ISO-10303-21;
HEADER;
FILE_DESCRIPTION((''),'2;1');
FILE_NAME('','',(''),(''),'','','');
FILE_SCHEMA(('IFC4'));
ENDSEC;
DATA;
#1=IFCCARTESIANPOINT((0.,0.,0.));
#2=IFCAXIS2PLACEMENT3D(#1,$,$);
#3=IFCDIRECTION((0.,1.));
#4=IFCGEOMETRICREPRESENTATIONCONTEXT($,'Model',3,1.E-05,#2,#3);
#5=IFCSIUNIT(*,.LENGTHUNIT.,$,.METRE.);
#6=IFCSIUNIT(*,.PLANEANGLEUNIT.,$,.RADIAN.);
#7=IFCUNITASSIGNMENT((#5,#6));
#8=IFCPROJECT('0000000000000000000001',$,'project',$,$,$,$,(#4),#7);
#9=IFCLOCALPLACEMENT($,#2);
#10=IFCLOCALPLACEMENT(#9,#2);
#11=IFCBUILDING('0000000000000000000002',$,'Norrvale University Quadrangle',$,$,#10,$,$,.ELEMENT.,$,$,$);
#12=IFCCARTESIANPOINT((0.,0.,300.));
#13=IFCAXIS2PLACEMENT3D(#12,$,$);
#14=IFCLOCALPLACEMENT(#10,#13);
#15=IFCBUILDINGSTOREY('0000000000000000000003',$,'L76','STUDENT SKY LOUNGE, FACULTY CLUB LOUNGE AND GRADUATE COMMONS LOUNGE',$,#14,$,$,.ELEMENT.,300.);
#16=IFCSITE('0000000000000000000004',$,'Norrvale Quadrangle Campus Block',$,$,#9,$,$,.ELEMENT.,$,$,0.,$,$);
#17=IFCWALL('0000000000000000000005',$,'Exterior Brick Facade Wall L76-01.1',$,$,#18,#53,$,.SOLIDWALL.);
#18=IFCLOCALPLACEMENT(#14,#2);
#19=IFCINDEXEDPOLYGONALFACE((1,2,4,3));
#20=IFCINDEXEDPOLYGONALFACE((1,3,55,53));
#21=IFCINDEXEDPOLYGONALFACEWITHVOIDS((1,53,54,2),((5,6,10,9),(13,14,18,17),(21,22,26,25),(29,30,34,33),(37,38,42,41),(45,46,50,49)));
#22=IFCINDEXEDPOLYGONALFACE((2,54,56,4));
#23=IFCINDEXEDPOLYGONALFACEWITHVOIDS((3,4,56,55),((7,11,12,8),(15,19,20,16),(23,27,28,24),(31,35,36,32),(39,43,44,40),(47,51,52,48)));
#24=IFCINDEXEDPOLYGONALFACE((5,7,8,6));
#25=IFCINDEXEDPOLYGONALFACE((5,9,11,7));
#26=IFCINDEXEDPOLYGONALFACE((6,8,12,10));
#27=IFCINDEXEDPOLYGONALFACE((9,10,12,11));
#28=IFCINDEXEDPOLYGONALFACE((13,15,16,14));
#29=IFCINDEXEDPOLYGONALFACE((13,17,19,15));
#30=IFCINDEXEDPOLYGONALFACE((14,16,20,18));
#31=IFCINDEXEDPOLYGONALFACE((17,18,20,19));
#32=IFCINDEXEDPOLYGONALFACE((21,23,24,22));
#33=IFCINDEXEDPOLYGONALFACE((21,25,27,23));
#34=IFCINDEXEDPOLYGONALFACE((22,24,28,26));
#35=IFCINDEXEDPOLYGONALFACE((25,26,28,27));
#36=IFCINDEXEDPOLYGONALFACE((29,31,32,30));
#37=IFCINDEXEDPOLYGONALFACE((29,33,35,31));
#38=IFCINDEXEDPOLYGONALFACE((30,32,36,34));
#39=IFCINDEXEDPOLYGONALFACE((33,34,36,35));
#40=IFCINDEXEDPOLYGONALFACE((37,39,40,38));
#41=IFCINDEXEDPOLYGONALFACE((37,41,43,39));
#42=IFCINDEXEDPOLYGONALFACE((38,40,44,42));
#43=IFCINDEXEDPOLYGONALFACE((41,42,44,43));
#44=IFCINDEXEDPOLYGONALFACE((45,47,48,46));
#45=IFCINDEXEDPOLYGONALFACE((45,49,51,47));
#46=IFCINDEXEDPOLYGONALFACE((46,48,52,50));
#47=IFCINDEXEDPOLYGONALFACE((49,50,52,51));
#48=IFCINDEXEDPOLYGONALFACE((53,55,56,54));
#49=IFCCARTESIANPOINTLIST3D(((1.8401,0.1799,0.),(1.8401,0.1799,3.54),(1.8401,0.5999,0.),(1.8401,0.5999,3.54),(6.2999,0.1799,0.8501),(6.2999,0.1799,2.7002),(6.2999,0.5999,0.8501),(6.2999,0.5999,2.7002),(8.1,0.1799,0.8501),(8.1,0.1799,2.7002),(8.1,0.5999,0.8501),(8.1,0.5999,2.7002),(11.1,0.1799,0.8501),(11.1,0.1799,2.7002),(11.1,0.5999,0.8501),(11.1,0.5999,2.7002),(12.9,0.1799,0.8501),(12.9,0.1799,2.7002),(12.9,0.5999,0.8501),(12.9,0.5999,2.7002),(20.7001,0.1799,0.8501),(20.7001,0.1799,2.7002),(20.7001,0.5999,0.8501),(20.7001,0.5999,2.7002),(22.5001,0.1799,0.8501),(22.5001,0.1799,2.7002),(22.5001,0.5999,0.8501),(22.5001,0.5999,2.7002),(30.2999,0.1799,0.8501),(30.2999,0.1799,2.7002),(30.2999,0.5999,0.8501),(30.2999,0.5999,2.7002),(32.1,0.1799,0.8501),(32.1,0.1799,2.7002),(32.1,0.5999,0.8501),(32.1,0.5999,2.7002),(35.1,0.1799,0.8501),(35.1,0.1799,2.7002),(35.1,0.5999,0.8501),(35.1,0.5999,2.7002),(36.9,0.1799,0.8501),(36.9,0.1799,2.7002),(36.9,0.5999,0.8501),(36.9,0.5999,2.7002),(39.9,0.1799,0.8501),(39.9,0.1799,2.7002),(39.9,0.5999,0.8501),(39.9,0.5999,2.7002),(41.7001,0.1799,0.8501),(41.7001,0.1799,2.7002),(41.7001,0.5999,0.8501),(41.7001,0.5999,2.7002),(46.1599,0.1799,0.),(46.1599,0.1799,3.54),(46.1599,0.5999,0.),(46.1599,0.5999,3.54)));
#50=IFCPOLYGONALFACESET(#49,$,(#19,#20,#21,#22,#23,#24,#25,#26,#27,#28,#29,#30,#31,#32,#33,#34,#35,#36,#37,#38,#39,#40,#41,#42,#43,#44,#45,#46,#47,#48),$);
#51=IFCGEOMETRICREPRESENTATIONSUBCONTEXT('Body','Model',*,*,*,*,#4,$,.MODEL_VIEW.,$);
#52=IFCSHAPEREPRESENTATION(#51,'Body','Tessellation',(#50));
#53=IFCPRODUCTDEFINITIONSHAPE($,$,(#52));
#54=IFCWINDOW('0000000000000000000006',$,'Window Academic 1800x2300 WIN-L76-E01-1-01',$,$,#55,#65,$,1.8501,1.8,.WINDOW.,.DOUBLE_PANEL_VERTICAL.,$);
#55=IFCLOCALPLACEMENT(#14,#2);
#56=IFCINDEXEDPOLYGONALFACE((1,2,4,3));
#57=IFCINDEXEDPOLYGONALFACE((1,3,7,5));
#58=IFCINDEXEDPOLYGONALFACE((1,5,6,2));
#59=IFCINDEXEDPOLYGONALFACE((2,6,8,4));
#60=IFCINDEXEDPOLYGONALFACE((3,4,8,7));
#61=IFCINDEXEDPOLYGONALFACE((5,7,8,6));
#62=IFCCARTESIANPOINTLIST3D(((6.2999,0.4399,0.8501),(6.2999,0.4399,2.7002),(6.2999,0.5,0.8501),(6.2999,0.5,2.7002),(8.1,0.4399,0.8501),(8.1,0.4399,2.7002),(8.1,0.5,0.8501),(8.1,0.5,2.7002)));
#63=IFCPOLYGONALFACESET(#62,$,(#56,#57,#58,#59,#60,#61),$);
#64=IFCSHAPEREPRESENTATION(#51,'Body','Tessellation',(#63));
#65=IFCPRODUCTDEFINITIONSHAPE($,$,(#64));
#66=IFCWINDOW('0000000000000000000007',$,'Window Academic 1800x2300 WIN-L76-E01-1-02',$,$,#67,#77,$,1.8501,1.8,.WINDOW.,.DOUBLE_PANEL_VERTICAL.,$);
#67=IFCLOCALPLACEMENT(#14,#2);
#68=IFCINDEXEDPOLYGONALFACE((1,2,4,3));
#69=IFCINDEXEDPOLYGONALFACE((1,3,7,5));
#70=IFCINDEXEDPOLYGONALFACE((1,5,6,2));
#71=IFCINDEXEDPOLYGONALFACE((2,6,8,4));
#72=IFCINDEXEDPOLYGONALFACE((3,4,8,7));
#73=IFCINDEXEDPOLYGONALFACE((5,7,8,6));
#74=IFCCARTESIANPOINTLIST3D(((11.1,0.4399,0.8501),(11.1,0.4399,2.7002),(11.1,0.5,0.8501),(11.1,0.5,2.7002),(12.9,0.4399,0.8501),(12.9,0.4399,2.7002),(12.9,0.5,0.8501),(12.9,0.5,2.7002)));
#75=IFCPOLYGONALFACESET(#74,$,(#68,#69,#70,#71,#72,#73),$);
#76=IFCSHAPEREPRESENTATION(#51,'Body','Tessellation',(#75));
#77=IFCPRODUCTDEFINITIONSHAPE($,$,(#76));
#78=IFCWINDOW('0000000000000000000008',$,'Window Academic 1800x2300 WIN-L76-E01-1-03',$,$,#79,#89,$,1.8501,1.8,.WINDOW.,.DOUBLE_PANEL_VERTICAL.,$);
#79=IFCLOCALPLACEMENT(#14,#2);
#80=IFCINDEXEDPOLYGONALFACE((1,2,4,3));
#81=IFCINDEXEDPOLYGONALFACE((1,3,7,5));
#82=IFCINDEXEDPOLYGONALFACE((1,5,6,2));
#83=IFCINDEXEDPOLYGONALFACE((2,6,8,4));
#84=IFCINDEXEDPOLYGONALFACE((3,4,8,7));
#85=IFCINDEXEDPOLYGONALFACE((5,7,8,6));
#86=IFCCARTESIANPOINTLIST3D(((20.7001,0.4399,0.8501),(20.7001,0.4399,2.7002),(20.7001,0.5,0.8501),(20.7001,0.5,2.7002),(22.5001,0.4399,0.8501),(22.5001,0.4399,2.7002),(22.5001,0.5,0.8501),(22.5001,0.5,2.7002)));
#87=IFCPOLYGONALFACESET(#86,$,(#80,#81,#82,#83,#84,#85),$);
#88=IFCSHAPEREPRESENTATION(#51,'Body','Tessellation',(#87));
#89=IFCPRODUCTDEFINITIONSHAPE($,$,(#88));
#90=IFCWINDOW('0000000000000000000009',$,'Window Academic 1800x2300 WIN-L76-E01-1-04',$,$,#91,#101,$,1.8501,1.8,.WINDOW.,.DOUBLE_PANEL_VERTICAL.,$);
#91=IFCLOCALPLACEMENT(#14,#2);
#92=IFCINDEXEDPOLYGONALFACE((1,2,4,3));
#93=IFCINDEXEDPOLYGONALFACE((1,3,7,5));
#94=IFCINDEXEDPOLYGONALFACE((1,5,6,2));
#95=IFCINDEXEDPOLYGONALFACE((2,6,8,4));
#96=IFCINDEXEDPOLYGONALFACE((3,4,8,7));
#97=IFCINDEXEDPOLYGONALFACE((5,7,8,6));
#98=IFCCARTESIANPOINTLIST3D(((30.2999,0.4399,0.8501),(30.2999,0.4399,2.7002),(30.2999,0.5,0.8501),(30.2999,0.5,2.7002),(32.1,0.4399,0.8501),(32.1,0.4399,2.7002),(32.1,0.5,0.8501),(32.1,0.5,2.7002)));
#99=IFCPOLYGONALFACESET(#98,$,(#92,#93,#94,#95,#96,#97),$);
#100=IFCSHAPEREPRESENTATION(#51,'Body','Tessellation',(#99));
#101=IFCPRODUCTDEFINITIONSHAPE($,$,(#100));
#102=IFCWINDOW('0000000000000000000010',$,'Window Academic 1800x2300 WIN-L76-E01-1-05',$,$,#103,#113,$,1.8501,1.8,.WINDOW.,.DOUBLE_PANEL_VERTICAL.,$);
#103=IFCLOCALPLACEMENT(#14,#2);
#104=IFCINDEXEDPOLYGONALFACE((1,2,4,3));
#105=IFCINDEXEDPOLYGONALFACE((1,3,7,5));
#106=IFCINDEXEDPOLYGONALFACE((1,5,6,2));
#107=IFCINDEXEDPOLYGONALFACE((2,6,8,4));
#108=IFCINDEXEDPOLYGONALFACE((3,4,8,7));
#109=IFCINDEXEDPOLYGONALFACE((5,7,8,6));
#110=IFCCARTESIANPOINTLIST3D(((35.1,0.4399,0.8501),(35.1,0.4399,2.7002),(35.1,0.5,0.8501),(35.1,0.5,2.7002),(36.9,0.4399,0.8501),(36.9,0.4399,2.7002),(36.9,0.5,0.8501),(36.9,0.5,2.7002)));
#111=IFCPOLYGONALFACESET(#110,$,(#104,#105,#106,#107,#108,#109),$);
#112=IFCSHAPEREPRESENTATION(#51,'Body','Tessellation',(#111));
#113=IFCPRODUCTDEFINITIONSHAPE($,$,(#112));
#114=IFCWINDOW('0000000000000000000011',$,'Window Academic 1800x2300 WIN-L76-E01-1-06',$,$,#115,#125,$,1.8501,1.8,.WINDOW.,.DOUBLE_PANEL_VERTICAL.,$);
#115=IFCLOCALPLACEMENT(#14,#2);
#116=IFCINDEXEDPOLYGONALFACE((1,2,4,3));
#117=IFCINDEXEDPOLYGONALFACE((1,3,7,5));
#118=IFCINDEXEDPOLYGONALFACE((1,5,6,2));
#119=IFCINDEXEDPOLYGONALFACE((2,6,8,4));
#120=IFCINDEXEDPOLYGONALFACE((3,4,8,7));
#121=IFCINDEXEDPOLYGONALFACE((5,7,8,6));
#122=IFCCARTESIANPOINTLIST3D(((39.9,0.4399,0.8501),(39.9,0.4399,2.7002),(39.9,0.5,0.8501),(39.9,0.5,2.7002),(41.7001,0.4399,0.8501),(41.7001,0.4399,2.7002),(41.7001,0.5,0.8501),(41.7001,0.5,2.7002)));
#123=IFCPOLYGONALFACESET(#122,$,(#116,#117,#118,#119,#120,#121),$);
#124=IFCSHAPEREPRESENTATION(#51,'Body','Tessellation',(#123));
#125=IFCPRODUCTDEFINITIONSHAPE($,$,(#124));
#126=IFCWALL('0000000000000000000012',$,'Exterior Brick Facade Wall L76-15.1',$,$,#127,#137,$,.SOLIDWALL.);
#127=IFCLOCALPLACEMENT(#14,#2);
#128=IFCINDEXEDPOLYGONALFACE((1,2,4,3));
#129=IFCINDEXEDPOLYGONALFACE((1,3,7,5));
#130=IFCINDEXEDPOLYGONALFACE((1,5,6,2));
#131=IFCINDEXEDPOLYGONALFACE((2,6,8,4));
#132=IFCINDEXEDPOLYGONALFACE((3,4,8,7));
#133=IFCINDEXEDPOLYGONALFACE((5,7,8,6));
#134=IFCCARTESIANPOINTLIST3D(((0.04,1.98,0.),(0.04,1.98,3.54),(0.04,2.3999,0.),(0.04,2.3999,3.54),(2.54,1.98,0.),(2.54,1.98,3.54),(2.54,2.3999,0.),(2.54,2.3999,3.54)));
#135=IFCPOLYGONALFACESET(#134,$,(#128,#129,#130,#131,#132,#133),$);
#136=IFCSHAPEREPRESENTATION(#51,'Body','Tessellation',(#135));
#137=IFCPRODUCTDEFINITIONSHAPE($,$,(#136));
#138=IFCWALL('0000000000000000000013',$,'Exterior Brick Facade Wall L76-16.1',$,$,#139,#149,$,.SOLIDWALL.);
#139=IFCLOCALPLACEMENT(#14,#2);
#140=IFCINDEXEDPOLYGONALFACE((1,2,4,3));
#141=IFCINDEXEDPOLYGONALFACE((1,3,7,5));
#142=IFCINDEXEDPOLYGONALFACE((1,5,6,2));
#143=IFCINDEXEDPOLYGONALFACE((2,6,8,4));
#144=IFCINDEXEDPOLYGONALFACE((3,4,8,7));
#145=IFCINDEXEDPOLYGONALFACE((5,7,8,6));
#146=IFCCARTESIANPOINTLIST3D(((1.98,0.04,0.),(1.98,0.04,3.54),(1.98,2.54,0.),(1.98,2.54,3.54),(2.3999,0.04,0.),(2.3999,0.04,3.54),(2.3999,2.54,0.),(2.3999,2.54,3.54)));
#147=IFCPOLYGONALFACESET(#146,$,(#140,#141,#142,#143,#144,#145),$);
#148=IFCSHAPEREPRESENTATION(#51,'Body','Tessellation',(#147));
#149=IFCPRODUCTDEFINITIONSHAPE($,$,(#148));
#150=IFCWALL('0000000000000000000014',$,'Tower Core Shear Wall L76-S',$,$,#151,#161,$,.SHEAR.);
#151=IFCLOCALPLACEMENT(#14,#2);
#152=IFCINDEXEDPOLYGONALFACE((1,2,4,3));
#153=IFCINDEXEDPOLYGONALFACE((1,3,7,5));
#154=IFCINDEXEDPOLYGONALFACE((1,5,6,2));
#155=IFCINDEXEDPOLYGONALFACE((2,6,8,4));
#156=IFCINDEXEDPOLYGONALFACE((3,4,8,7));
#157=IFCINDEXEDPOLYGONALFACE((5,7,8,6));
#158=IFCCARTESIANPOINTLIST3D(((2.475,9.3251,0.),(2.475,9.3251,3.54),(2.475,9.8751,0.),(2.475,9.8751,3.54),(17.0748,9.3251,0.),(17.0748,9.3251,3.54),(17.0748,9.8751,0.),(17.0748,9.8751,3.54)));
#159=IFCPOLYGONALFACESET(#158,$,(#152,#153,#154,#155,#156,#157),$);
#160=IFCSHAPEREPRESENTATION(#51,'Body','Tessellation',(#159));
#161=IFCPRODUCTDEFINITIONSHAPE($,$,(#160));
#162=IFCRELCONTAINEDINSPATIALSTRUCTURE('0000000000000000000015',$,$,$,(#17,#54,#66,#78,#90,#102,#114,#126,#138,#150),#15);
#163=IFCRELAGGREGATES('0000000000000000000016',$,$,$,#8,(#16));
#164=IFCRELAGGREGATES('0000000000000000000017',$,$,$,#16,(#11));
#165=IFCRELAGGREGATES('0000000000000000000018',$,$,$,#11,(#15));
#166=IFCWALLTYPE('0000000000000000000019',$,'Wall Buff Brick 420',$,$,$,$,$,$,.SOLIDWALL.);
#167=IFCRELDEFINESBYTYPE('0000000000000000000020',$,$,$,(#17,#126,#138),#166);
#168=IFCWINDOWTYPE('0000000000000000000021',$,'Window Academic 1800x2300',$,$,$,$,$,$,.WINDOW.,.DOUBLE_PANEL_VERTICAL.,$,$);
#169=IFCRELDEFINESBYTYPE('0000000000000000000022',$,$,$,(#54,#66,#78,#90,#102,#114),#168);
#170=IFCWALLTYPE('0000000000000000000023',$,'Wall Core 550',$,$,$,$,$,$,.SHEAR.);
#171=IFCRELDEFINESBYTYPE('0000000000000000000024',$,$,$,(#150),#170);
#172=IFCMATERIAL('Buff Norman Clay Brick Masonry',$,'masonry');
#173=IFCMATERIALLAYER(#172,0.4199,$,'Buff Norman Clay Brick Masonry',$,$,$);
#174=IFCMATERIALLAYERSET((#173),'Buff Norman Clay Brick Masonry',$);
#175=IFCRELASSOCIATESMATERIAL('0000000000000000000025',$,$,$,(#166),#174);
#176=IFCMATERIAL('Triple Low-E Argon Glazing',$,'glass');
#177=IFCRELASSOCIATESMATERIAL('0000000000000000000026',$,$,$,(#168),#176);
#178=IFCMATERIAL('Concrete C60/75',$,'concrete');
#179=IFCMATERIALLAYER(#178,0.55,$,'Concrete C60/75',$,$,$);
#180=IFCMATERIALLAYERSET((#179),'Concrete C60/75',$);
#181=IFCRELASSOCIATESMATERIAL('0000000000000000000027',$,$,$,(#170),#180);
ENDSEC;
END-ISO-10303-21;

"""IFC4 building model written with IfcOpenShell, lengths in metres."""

from ifc_helpers import new_model, si_unit, direction, frame, frame_2d, origin, place, context, subcontext, project, spatial, rectangle, extrude, material, layer, layer_set, type_object, element, fill, save


model = new_model("IFC4")

# Units and contexts
model_context = context("Model", 3, precision=1e-05, world=origin(), true_north=direction((0.0, 1.0)))
body_context = subcontext(model_context, "Body", "Model", "MODEL_VIEW")
ifc_project = project(units=[si_unit("LENGTHUNIT", "METRE"), si_unit("PLANEANGLEUNIT", "RADIAN")], contexts=[model_context])

# Site, building, storey
site_placement = place(None, origin())
site = spatial("IfcSite", under=ifc_project, at=site_placement, Name="Norrvale Quadrangle Campus Block", CompositionType="ELEMENT", RefElevation=0.0)
building_placement = place(site_placement, origin())
building = spatial("IfcBuilding", under=site, at=building_placement, Name="Norrvale University Quadrangle", CompositionType="ELEMENT")
storey_placement = place(building_placement, frame((0.0, 0.0, 300.0)))
storey = spatial("IfcBuildingStorey", under=building, at=storey_placement, Name="L76", Description="STUDENT SKY LOUNGE, FACULTY CLUB LOUNGE AND GRADUATE COMMONS LOUNGE", CompositionType="ELEMENT", Elevation=300.0)

# Shared definitions
ifc_material_1 = material(Name="Concrete C60/75", Category="concrete")

# Wall, openings, windows
ifc_material_2 = material(Name="Buff Norman Clay Brick Masonry", Category="masonry")
ifc_layer_1 = layer(ifc_material_2, 0.4199, Name="Buff Norman Clay Brick Masonry")
ifc_layer_set_1 = layer_set([ifc_layer_1], Name="Buff Norman Clay Brick Masonry")
wall_type_1 = type_object("IfcWallType", Name="Wall Buff Brick 420", PredefinedType="SOLIDWALL", material=ifc_layer_set_1)
wall_1_placement = place(storey_placement, frame((1.8401, 0.3899, 0.0), z_axis=(0.0, 0.0, 1.0), x_axis=(1.0, 0.0, 0.0)))
wall_1 = element("IfcWall", 1, at=wall_1_placement, inside=storey, type_object=wall_type_1, Name="Exterior Brick Facade Wall L76-01.1", PredefinedType="SOLIDWALL", context=body_context, shape_type="SweptSolid", body=[
    extrude(rectangle(XDim=44.3198, YDim=0.4199, at=frame_2d((22.1599, 0.0))), origin(), (0.0, 0.0, 1.0), 3.54),
])
opening_1_placement = place(wall_1_placement, frame((4.46, 0.0, 0.8501)))
opening_1 = element("IfcOpeningElement", 2, at=opening_1_placement, cuts=wall_1, PredefinedType="OPENING", context=body_context, shape_type="SweptSolid", body=[
    extrude(rectangle(XDim=1.8, YDim=1.8501, at=frame_2d((0.8999, 0.925))), frame((0.0, 0.2219, 0.0), z_axis=(0.0, -1.0, 0.0), x_axis=(1.0, 0.0, 0.0)), (0.0, 0.0, 1.0), 0.4438),
])
opening_2_placement = place(wall_1_placement, frame((9.26, 0.0, 0.8501)))
opening_2 = element("IfcOpeningElement", 3, at=opening_2_placement, cuts=wall_1, PredefinedType="OPENING", context=body_context, shape_type="SweptSolid", body=[
    extrude(rectangle(XDim=1.8, YDim=1.8501, at=frame_2d((0.8999, 0.925))), frame((0.0, 0.2219, 0.0), z_axis=(0.0, -1.0, 0.0), x_axis=(1.0, 0.0, 0.0)), (0.0, 0.0, 1.0), 0.4438),
])
opening_3_placement = place(wall_1_placement, frame((18.8601, 0.0, 0.8501)))
opening_3 = element("IfcOpeningElement", 4, at=opening_3_placement, cuts=wall_1, PredefinedType="OPENING", context=body_context, shape_type="SweptSolid", body=[
    extrude(rectangle(XDim=1.8, YDim=1.8501, at=frame_2d((0.8999, 0.925))), frame((0.0, 0.2219, 0.0), z_axis=(0.0, -1.0, 0.0), x_axis=(1.0, 0.0, 0.0)), (0.0, 0.0, 1.0), 0.4438),
])
opening_4_placement = place(wall_1_placement, frame((28.46, 0.0, 0.8501)))
opening_4 = element("IfcOpeningElement", 5, at=opening_4_placement, cuts=wall_1, PredefinedType="OPENING", context=body_context, shape_type="SweptSolid", body=[
    extrude(rectangle(XDim=1.8, YDim=1.8501, at=frame_2d((0.8999, 0.925))), frame((0.0, 0.2219, 0.0), z_axis=(0.0, -1.0, 0.0), x_axis=(1.0, 0.0, 0.0)), (0.0, 0.0, 1.0), 0.4438),
])
opening_5_placement = place(wall_1_placement, frame((33.26, 0.0, 0.8501)))
opening_5 = element("IfcOpeningElement", 6, at=opening_5_placement, cuts=wall_1, PredefinedType="OPENING", context=body_context, shape_type="SweptSolid", body=[
    extrude(rectangle(XDim=1.8, YDim=1.8501, at=frame_2d((0.8999, 0.925))), frame((0.0, 0.2219, 0.0), z_axis=(0.0, -1.0, 0.0), x_axis=(1.0, 0.0, 0.0)), (0.0, 0.0, 1.0), 0.4438),
])
opening_6_placement = place(wall_1_placement, frame((38.0601, 0.0, 0.8501)))
opening_6 = element("IfcOpeningElement", 7, at=opening_6_placement, cuts=wall_1, PredefinedType="OPENING", context=body_context, shape_type="SweptSolid", body=[
    extrude(rectangle(XDim=1.8, YDim=1.8501, at=frame_2d((0.8999, 0.925))), frame((0.0, 0.2219, 0.0), z_axis=(0.0, -1.0, 0.0), x_axis=(1.0, 0.0, 0.0)), (0.0, 0.0, 1.0), 0.4438),
])
ifc_material_3 = material(Name="Triple Low-E Argon Glazing", Category="glass")
window_type = type_object("IfcWindowType", Name="Window Academic 1800x2300", PartitioningType="DOUBLE_PANEL_VERTICAL", PredefinedType="WINDOW", material=ifc_material_3)
window_1_placement = place(opening_1_placement, origin())
window_1 = element("IfcWindow", 8, at=window_1_placement, inside=storey, type_object=window_type, Name="Window Academic 1800x2300 WIN-L76-E01-1-01", OverallHeight=1.8501, OverallWidth=1.8, PartitioningType="DOUBLE_PANEL_VERTICAL", PredefinedType="WINDOW", context=body_context, shape_type="SweptSolid", body=[
    extrude(rectangle(XDim=1.8, YDim=1.8501, at=frame_2d((0.8999, 0.925))), frame((0.0, 0.1101, 0.0), z_axis=(0.0, -1.0, 0.0), x_axis=(1.0, 0.0, 0.0)), (0.0, 0.0, 1.0), 0.0601),
])
fill(opening_1, window_1)
window_2_placement = place(opening_2_placement, origin())
window_2 = element("IfcWindow", 9, at=window_2_placement, inside=storey, type_object=window_type, Name="Window Academic 1800x2300 WIN-L76-E01-1-02", OverallHeight=1.8501, OverallWidth=1.8, PartitioningType="DOUBLE_PANEL_VERTICAL", PredefinedType="WINDOW", context=body_context, shape_type="SweptSolid", body=[
    extrude(rectangle(XDim=1.8, YDim=1.8501, at=frame_2d((0.8999, 0.925))), frame((0.0, 0.1101, 0.0), z_axis=(0.0, -1.0, 0.0), x_axis=(1.0, 0.0, 0.0)), (0.0, 0.0, 1.0), 0.0601),
])
fill(opening_2, window_2)
window_3_placement = place(opening_3_placement, origin())
window_3 = element("IfcWindow", 10, at=window_3_placement, inside=storey, type_object=window_type, Name="Window Academic 1800x2300 WIN-L76-E01-1-03", OverallHeight=1.8501, OverallWidth=1.8, PartitioningType="DOUBLE_PANEL_VERTICAL", PredefinedType="WINDOW", context=body_context, shape_type="SweptSolid", body=[
    extrude(rectangle(XDim=1.8, YDim=1.8501, at=frame_2d((0.8999, 0.925))), frame((0.0, 0.1101, 0.0), z_axis=(0.0, -1.0, 0.0), x_axis=(1.0, 0.0, 0.0)), (0.0, 0.0, 1.0), 0.0601),
])
fill(opening_3, window_3)
window_4_placement = place(opening_4_placement, origin())
window_4 = element("IfcWindow", 11, at=window_4_placement, inside=storey, type_object=window_type, Name="Window Academic 1800x2300 WIN-L76-E01-1-04", OverallHeight=1.8501, OverallWidth=1.8, PartitioningType="DOUBLE_PANEL_VERTICAL", PredefinedType="WINDOW", context=body_context, shape_type="SweptSolid", body=[
    extrude(rectangle(XDim=1.8, YDim=1.8501, at=frame_2d((0.8999, 0.925))), frame((0.0, 0.1101, 0.0), z_axis=(0.0, -1.0, 0.0), x_axis=(1.0, 0.0, 0.0)), (0.0, 0.0, 1.0), 0.0601),
])
fill(opening_4, window_4)
window_5_placement = place(opening_5_placement, origin())
window_5 = element("IfcWindow", 12, at=window_5_placement, inside=storey, type_object=window_type, Name="Window Academic 1800x2300 WIN-L76-E01-1-05", OverallHeight=1.8501, OverallWidth=1.8, PartitioningType="DOUBLE_PANEL_VERTICAL", PredefinedType="WINDOW", context=body_context, shape_type="SweptSolid", body=[
    extrude(rectangle(XDim=1.8, YDim=1.8501, at=frame_2d((0.8999, 0.925))), frame((0.0, 0.1101, 0.0), z_axis=(0.0, -1.0, 0.0), x_axis=(1.0, 0.0, 0.0)), (0.0, 0.0, 1.0), 0.0601),
])
fill(opening_5, window_5)
window_6_placement = place(opening_6_placement, origin())
window_6 = element("IfcWindow", 13, at=window_6_placement, inside=storey, type_object=window_type, Name="Window Academic 1800x2300 WIN-L76-E01-1-06", OverallHeight=1.8501, OverallWidth=1.8, PartitioningType="DOUBLE_PANEL_VERTICAL", PredefinedType="WINDOW", context=body_context, shape_type="SweptSolid", body=[
    extrude(rectangle(XDim=1.8, YDim=1.8501, at=frame_2d((0.8999, 0.925))), frame((0.0, 0.1101, 0.0), z_axis=(0.0, -1.0, 0.0), x_axis=(1.0, 0.0, 0.0)), (0.0, 0.0, 1.0), 0.0601),
])
fill(opening_6, window_6)

# Walls
for number, where, z_axis, x_axis, name in (
    (14, (0.04, 2.1899, 0.0), (0.0, 0.0, 1.0), (1.0, 0.0, 0.0), "Exterior Brick Facade Wall L76-15.1"),
    (15, (2.1899, 2.54, 0.0), (0.0, 0.0, 1.0), (0.0, -1.0, 0.0), "Exterior Brick Facade Wall L76-16.1"),
):
    element("IfcWall", number, at=place(storey_placement, frame(where, z_axis=z_axis, x_axis=x_axis)), inside=storey, type_object=wall_type_1, Name=name, PredefinedType="SOLIDWALL", context=body_context, shape_type="SweptSolid", body=[
        extrude(rectangle(XDim=2.5, YDim=0.4199, at=frame_2d((1.25, 0.0))), origin(), (0.0, 0.0, 1.0), 3.54),
    ])
ifc_layer_2 = layer(ifc_material_1, 0.55, Name="Concrete C60/75")
ifc_layer_set_2 = layer_set([ifc_layer_2], Name="Concrete C60/75")
wall_type_2 = type_object("IfcWallType", Name="Wall Core 550", PredefinedType="SHEAR", material=ifc_layer_set_2)
wall_2_placement = place(storey_placement, frame((2.4751, 9.6001, 0.0), z_axis=(0.0, 0.0, 1.0), x_axis=(1.0, 0.0, 0.0)))
element("IfcWall", 16, at=wall_2_placement, inside=storey, type_object=wall_type_2, Name="Tower Core Shear Wall L76-S", PredefinedType="SHEAR", context=body_context, shape_type="SweptSolid", body=[
    extrude(rectangle(XDim=14.5999, YDim=0.55, at=frame_2d((7.2998, 0.0))), origin(), (0.0, 0.0, 1.0), 3.54),
])

save(model, "model.ifc")
